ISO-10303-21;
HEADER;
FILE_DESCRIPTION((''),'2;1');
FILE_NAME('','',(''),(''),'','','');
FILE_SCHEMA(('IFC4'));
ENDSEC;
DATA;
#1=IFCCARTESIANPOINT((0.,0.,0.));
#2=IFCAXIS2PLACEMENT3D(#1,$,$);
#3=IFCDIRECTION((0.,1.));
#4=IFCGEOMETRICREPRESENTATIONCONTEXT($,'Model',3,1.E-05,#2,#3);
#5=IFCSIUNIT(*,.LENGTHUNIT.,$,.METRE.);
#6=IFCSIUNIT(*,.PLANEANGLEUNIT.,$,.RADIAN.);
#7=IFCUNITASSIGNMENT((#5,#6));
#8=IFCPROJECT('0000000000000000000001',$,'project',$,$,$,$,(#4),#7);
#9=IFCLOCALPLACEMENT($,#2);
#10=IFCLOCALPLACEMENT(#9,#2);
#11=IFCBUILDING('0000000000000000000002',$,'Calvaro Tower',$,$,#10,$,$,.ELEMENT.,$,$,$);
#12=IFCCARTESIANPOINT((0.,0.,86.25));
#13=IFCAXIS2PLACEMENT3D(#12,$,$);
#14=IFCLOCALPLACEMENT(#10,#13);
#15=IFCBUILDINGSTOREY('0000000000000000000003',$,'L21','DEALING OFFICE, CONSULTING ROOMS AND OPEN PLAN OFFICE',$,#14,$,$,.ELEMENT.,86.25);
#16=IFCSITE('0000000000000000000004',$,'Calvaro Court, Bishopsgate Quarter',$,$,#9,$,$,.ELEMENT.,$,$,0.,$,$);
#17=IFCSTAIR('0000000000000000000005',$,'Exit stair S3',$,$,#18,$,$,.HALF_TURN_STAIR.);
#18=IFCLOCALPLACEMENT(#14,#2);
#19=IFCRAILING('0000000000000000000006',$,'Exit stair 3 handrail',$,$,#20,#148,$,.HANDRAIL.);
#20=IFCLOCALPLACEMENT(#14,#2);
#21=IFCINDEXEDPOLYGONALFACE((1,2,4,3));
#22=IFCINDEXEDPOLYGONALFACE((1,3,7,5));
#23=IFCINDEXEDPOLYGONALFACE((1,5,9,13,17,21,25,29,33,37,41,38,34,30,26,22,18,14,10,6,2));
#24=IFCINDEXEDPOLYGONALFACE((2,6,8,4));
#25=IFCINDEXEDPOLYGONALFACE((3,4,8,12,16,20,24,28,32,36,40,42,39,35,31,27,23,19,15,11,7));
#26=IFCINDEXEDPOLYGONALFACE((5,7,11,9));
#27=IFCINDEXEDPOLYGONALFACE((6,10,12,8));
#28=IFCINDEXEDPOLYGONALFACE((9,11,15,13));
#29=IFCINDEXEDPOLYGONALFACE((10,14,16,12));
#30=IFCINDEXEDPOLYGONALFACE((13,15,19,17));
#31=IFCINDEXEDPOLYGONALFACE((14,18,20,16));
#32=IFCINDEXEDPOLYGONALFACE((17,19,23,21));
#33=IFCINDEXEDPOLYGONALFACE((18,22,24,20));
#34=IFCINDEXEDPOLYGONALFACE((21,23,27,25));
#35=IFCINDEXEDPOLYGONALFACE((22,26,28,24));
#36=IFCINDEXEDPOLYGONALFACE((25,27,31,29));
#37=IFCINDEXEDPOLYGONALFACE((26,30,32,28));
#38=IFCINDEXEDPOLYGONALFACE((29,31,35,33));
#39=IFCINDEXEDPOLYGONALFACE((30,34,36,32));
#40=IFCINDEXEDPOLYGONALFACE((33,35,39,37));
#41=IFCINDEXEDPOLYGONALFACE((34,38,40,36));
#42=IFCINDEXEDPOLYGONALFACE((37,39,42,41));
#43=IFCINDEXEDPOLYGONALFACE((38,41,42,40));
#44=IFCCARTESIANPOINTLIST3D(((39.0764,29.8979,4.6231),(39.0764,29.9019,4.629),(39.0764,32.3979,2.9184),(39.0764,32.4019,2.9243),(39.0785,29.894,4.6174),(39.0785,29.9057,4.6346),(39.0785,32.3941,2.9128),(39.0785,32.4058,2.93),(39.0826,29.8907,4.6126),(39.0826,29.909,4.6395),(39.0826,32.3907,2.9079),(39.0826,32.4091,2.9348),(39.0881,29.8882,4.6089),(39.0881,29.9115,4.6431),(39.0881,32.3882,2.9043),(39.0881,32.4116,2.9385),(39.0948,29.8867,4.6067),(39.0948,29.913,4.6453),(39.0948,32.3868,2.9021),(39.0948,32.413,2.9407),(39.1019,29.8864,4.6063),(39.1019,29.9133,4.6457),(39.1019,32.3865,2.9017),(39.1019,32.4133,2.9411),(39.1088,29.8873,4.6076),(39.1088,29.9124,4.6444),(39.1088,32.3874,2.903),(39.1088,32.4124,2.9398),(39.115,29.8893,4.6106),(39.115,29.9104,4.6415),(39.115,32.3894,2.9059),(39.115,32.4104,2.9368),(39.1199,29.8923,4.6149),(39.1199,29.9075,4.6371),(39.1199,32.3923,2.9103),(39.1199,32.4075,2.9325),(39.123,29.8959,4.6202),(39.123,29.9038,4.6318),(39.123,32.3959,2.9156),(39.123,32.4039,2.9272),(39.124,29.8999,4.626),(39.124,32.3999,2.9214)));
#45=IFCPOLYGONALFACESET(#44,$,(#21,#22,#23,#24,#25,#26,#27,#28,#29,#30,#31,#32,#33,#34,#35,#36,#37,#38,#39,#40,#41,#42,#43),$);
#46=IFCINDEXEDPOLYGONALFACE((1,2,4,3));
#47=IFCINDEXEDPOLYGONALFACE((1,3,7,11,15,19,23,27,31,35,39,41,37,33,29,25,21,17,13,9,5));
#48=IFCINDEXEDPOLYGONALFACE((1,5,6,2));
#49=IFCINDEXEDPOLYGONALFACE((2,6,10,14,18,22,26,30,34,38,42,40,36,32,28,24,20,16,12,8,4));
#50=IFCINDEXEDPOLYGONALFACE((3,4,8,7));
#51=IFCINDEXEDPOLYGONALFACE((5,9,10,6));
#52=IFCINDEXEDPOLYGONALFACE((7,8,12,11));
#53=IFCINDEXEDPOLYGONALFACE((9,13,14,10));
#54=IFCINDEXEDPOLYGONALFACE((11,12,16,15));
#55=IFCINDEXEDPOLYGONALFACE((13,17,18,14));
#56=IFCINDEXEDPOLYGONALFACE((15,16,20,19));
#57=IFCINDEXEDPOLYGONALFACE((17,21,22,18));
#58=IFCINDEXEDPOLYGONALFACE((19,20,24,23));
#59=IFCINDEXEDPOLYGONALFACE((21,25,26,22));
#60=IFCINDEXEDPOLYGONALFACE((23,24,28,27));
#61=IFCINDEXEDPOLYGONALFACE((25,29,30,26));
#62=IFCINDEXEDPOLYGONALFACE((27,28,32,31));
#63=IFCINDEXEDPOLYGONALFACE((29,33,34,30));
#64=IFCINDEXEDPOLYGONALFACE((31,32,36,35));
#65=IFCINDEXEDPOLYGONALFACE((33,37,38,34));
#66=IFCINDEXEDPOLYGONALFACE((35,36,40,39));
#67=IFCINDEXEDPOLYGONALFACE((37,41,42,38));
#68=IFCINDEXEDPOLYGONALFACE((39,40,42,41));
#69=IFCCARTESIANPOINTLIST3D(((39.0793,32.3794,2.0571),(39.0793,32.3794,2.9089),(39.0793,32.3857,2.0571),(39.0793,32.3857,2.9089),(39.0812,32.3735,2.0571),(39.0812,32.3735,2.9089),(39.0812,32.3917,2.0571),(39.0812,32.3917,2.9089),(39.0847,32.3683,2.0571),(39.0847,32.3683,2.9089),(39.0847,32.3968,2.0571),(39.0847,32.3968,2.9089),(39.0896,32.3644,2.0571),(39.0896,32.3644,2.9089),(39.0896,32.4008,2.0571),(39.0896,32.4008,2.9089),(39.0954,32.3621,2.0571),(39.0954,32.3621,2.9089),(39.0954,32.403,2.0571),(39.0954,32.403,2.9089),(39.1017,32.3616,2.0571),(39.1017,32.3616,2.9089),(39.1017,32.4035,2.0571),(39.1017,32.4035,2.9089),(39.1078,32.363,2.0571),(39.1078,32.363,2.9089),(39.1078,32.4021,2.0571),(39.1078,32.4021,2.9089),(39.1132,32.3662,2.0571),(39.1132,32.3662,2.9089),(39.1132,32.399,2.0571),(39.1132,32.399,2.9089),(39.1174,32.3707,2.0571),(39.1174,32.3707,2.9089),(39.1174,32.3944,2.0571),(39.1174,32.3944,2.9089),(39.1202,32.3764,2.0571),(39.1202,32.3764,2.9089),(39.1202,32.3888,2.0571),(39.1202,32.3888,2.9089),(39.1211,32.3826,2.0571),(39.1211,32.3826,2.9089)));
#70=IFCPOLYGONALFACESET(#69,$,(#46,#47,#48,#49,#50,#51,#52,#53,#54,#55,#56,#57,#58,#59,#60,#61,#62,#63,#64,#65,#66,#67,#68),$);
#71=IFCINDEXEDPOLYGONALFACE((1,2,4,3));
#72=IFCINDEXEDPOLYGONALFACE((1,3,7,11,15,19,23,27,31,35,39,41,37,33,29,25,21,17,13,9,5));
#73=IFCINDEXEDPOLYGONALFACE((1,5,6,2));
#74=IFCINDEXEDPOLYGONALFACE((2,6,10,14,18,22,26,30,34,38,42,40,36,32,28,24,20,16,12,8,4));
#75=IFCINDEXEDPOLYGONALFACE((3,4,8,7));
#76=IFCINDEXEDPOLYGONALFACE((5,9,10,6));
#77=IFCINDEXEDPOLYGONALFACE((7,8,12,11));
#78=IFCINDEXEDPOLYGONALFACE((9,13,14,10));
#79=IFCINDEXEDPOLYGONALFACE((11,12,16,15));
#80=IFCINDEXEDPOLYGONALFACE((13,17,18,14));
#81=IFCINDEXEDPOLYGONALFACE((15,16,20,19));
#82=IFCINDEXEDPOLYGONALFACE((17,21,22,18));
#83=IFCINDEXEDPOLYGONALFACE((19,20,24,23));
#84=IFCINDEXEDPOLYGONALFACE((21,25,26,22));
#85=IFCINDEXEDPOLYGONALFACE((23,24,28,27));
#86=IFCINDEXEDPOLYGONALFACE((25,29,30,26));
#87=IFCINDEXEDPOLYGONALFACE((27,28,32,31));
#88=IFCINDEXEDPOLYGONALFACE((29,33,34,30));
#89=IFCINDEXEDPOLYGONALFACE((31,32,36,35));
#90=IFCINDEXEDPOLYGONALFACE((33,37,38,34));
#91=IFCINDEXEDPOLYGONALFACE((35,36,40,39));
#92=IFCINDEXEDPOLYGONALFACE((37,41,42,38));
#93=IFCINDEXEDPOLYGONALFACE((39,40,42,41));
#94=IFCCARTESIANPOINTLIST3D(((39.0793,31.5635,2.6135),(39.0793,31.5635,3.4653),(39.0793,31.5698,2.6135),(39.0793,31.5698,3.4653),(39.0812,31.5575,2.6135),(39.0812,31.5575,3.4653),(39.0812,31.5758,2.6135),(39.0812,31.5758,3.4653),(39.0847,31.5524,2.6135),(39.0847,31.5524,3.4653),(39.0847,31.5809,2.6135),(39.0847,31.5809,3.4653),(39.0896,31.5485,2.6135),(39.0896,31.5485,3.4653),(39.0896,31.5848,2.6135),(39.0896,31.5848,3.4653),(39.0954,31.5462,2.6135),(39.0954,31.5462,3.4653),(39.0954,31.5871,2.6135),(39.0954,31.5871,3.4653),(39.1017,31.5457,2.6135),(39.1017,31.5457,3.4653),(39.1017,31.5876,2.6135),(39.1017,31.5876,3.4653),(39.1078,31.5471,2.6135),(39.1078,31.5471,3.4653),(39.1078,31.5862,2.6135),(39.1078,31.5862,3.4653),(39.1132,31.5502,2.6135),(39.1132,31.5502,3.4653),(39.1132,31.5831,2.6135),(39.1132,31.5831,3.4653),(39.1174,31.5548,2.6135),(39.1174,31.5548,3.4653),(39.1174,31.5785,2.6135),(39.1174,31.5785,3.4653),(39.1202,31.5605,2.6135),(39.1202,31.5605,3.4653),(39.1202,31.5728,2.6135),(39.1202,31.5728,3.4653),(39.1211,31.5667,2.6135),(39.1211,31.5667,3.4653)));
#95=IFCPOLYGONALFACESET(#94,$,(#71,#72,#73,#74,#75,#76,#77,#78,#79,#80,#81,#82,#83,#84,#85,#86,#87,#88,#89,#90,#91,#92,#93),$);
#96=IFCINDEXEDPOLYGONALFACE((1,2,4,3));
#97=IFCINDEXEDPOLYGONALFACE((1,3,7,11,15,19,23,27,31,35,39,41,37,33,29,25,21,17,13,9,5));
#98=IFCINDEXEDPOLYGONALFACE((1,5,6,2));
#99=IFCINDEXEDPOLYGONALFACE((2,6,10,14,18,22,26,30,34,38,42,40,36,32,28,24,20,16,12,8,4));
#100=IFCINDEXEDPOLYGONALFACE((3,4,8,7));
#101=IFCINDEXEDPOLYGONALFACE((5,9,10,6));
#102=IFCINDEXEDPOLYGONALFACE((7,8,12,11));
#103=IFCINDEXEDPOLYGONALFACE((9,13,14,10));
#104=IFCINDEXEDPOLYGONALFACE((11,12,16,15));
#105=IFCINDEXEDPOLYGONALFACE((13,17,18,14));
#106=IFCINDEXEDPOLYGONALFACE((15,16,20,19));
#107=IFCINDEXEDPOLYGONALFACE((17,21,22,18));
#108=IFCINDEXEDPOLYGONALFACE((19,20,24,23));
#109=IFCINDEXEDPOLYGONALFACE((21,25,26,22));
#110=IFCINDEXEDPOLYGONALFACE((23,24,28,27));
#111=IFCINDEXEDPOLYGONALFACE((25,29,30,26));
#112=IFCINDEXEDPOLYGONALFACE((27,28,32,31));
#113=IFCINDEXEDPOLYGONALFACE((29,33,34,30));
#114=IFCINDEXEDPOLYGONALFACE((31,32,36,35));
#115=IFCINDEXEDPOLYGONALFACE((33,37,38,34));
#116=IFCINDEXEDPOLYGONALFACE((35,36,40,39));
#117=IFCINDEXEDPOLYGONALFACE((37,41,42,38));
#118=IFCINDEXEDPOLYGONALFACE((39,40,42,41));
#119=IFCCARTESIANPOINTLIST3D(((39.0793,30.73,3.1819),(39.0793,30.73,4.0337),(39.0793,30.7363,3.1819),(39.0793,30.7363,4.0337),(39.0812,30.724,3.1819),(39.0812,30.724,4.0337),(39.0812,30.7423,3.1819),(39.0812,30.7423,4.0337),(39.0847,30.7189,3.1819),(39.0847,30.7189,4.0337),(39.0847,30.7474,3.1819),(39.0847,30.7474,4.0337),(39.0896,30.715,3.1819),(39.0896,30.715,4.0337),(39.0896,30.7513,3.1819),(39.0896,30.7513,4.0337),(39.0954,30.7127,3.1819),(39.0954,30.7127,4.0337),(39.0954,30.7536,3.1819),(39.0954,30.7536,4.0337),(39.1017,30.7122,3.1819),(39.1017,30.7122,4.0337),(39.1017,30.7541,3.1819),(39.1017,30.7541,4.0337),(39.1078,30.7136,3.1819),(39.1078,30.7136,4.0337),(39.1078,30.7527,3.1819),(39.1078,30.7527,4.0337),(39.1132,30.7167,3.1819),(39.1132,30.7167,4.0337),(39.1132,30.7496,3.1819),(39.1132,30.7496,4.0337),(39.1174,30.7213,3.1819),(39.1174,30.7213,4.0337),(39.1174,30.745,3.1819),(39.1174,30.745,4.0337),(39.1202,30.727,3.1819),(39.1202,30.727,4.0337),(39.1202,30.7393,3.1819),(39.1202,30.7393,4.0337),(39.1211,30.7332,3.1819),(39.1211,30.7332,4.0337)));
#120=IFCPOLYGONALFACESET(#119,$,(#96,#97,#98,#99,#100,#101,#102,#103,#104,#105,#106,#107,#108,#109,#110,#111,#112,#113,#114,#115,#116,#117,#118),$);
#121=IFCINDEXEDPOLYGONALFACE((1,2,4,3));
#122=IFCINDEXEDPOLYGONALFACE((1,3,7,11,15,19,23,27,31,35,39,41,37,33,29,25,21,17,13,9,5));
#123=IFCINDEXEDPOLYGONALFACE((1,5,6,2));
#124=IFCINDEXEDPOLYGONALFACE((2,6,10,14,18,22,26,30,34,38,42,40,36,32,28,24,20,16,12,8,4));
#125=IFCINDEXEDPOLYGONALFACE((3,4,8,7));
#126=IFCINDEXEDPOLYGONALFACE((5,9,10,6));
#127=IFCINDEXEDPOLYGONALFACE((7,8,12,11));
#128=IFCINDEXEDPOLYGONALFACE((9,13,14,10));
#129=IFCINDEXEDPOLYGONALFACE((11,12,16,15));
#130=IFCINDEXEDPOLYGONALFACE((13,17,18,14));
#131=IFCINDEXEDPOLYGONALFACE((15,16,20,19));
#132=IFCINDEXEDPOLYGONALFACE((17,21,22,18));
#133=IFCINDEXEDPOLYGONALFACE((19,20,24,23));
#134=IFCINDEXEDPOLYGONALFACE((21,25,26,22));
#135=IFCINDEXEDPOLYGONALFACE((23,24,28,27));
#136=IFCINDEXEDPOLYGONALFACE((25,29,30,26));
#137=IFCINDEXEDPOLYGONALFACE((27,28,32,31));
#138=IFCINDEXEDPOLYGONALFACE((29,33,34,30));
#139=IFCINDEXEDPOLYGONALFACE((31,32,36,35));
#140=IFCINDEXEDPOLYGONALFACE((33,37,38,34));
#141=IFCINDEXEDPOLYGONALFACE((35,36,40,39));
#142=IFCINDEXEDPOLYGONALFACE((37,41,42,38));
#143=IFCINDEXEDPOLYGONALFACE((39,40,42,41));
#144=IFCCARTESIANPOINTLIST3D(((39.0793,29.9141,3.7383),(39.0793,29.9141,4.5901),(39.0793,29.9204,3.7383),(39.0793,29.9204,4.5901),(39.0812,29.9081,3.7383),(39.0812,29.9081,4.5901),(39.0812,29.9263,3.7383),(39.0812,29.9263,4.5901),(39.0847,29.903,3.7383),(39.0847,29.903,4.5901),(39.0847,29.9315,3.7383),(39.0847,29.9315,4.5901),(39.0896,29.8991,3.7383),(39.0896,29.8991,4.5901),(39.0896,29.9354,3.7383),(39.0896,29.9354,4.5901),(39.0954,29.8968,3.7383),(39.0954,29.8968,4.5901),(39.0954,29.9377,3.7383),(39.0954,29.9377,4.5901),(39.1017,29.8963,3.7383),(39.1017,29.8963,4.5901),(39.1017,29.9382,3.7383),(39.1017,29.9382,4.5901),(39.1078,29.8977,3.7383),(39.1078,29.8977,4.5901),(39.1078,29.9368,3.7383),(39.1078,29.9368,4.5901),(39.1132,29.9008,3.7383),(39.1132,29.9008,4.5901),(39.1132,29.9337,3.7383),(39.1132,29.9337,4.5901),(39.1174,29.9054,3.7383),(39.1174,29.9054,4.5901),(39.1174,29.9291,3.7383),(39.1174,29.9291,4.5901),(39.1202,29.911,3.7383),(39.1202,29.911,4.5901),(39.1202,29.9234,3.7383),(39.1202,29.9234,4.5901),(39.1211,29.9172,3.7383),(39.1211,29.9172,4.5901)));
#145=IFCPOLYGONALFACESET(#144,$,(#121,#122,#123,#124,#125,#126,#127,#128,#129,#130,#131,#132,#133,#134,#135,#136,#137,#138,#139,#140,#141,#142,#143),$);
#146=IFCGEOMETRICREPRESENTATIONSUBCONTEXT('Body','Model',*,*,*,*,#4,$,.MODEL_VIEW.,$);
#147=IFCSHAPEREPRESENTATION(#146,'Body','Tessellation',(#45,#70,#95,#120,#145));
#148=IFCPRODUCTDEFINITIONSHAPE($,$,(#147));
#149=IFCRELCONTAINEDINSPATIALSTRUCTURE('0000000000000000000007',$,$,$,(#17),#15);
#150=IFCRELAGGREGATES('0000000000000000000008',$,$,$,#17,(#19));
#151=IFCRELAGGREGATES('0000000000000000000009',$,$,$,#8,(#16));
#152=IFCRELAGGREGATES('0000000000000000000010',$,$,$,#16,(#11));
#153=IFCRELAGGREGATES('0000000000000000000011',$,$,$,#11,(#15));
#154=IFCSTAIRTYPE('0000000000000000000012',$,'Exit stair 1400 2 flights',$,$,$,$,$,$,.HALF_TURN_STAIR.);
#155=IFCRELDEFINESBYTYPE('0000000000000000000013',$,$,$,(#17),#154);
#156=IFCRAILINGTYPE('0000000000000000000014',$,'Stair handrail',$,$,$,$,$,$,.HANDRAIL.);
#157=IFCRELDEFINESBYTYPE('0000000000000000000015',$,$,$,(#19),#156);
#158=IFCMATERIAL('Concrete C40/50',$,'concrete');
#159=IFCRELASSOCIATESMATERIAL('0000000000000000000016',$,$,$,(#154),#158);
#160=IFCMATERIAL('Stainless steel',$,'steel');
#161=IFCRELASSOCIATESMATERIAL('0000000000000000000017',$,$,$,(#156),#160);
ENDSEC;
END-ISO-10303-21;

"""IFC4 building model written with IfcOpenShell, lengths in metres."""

from ifc_helpers import new_model, si_unit, direction, frame, origin, origin_2d, place, context, subcontext, project, spatial, circle, extrude, material, type_object, element, aggregate, save


model = new_model("IFC4")

# Units and contexts
model_context = context("Model", 3, precision=1e-05, world=origin(), true_north=direction((0.0, 1.0)))
body_context = subcontext(model_context, "Body", "Model", "MODEL_VIEW")
ifc_project = project(units=[si_unit("LENGTHUNIT", "METRE"), si_unit("PLANEANGLEUNIT", "RADIAN")], contexts=[model_context])

# Site, building, storey
site_placement = place(None, origin())
site = spatial("IfcSite", under=ifc_project, at=site_placement, Name="Calvaro Court, Bishopsgate Quarter", CompositionType="ELEMENT", RefElevation=0.0)
building_placement = place(site_placement, origin())
building = spatial("IfcBuilding", under=site, at=building_placement, Name="Calvaro Tower", CompositionType="ELEMENT")
storey_placement = place(building_placement, frame((0.0, 0.0, 86.25)))
storey = spatial("IfcBuildingStorey", under=building, at=storey_placement, Name="L21", Description="DEALING OFFICE, CONSULTING ROOMS AND OPEN PLAN OFFICE", CompositionType="ELEMENT", Elevation=86.25)

# Stair
ifc_material_1 = material(Name="Concrete C40/50", Category="concrete")
stair_type = type_object("IfcStairType", Name="Exit stair 1400 2 flights", PredefinedType="HALF_TURN_STAIR", material=ifc_material_1)
stair_1_placement = place(storey_placement, origin())
stair_1 = element("IfcStair", 1, at=stair_1_placement, inside=storey, type_object=stair_type, Name="Exit stair S3", PredefinedType="HALF_TURN_STAIR")

# Railing
ifc_material_2 = material(Name="Stainless steel", Category="steel")
railing_type = type_object("IfcRailingType", Name="Stair handrail", PredefinedType="HANDRAIL", material=ifc_material_2)
railing_1_placement = place(storey_placement, frame((39.1001, 32.3999, 2.0454)))
railing_1 = element("IfcRailing", 2, at=railing_1_placement, type_object=railing_type, Name="Exit stair 3 handrail", PredefinedType="HANDRAIL", context=body_context, shape_type="SweptSolid", body=[
    extrude(circle(Radius=0.0239, at=origin_2d()), frame((0.0, 0.0, 0.876), z_axis=(0.0, -0.826221, 0.563347), x_axis=(1.0, 0.0, 0.0)), (0.0, 0.0, 1.0), 3.0259),
    extrude(circle(Radius=0.021, at=origin_2d()), frame((0.0, -0.0173, 0.0117)), (0.0, 0.0, 1.0), 0.8518),
    extrude(circle(Radius=0.021, at=origin_2d()), frame((0.0, -0.8333, 0.5681)), (0.0, 0.0, 1.0), 0.8518),
    extrude(circle(Radius=0.021, at=origin_2d()), frame((0.0, -1.6667, 1.1365)), (0.0, 0.0, 1.0), 0.8518),
    extrude(circle(Radius=0.021, at=origin_2d()), frame((0.0, -2.4827, 1.6929)), (0.0, 0.0, 1.0), 0.8518),
])
aggregate(stair_1, [railing_1])

save(model, "model.ifc")
